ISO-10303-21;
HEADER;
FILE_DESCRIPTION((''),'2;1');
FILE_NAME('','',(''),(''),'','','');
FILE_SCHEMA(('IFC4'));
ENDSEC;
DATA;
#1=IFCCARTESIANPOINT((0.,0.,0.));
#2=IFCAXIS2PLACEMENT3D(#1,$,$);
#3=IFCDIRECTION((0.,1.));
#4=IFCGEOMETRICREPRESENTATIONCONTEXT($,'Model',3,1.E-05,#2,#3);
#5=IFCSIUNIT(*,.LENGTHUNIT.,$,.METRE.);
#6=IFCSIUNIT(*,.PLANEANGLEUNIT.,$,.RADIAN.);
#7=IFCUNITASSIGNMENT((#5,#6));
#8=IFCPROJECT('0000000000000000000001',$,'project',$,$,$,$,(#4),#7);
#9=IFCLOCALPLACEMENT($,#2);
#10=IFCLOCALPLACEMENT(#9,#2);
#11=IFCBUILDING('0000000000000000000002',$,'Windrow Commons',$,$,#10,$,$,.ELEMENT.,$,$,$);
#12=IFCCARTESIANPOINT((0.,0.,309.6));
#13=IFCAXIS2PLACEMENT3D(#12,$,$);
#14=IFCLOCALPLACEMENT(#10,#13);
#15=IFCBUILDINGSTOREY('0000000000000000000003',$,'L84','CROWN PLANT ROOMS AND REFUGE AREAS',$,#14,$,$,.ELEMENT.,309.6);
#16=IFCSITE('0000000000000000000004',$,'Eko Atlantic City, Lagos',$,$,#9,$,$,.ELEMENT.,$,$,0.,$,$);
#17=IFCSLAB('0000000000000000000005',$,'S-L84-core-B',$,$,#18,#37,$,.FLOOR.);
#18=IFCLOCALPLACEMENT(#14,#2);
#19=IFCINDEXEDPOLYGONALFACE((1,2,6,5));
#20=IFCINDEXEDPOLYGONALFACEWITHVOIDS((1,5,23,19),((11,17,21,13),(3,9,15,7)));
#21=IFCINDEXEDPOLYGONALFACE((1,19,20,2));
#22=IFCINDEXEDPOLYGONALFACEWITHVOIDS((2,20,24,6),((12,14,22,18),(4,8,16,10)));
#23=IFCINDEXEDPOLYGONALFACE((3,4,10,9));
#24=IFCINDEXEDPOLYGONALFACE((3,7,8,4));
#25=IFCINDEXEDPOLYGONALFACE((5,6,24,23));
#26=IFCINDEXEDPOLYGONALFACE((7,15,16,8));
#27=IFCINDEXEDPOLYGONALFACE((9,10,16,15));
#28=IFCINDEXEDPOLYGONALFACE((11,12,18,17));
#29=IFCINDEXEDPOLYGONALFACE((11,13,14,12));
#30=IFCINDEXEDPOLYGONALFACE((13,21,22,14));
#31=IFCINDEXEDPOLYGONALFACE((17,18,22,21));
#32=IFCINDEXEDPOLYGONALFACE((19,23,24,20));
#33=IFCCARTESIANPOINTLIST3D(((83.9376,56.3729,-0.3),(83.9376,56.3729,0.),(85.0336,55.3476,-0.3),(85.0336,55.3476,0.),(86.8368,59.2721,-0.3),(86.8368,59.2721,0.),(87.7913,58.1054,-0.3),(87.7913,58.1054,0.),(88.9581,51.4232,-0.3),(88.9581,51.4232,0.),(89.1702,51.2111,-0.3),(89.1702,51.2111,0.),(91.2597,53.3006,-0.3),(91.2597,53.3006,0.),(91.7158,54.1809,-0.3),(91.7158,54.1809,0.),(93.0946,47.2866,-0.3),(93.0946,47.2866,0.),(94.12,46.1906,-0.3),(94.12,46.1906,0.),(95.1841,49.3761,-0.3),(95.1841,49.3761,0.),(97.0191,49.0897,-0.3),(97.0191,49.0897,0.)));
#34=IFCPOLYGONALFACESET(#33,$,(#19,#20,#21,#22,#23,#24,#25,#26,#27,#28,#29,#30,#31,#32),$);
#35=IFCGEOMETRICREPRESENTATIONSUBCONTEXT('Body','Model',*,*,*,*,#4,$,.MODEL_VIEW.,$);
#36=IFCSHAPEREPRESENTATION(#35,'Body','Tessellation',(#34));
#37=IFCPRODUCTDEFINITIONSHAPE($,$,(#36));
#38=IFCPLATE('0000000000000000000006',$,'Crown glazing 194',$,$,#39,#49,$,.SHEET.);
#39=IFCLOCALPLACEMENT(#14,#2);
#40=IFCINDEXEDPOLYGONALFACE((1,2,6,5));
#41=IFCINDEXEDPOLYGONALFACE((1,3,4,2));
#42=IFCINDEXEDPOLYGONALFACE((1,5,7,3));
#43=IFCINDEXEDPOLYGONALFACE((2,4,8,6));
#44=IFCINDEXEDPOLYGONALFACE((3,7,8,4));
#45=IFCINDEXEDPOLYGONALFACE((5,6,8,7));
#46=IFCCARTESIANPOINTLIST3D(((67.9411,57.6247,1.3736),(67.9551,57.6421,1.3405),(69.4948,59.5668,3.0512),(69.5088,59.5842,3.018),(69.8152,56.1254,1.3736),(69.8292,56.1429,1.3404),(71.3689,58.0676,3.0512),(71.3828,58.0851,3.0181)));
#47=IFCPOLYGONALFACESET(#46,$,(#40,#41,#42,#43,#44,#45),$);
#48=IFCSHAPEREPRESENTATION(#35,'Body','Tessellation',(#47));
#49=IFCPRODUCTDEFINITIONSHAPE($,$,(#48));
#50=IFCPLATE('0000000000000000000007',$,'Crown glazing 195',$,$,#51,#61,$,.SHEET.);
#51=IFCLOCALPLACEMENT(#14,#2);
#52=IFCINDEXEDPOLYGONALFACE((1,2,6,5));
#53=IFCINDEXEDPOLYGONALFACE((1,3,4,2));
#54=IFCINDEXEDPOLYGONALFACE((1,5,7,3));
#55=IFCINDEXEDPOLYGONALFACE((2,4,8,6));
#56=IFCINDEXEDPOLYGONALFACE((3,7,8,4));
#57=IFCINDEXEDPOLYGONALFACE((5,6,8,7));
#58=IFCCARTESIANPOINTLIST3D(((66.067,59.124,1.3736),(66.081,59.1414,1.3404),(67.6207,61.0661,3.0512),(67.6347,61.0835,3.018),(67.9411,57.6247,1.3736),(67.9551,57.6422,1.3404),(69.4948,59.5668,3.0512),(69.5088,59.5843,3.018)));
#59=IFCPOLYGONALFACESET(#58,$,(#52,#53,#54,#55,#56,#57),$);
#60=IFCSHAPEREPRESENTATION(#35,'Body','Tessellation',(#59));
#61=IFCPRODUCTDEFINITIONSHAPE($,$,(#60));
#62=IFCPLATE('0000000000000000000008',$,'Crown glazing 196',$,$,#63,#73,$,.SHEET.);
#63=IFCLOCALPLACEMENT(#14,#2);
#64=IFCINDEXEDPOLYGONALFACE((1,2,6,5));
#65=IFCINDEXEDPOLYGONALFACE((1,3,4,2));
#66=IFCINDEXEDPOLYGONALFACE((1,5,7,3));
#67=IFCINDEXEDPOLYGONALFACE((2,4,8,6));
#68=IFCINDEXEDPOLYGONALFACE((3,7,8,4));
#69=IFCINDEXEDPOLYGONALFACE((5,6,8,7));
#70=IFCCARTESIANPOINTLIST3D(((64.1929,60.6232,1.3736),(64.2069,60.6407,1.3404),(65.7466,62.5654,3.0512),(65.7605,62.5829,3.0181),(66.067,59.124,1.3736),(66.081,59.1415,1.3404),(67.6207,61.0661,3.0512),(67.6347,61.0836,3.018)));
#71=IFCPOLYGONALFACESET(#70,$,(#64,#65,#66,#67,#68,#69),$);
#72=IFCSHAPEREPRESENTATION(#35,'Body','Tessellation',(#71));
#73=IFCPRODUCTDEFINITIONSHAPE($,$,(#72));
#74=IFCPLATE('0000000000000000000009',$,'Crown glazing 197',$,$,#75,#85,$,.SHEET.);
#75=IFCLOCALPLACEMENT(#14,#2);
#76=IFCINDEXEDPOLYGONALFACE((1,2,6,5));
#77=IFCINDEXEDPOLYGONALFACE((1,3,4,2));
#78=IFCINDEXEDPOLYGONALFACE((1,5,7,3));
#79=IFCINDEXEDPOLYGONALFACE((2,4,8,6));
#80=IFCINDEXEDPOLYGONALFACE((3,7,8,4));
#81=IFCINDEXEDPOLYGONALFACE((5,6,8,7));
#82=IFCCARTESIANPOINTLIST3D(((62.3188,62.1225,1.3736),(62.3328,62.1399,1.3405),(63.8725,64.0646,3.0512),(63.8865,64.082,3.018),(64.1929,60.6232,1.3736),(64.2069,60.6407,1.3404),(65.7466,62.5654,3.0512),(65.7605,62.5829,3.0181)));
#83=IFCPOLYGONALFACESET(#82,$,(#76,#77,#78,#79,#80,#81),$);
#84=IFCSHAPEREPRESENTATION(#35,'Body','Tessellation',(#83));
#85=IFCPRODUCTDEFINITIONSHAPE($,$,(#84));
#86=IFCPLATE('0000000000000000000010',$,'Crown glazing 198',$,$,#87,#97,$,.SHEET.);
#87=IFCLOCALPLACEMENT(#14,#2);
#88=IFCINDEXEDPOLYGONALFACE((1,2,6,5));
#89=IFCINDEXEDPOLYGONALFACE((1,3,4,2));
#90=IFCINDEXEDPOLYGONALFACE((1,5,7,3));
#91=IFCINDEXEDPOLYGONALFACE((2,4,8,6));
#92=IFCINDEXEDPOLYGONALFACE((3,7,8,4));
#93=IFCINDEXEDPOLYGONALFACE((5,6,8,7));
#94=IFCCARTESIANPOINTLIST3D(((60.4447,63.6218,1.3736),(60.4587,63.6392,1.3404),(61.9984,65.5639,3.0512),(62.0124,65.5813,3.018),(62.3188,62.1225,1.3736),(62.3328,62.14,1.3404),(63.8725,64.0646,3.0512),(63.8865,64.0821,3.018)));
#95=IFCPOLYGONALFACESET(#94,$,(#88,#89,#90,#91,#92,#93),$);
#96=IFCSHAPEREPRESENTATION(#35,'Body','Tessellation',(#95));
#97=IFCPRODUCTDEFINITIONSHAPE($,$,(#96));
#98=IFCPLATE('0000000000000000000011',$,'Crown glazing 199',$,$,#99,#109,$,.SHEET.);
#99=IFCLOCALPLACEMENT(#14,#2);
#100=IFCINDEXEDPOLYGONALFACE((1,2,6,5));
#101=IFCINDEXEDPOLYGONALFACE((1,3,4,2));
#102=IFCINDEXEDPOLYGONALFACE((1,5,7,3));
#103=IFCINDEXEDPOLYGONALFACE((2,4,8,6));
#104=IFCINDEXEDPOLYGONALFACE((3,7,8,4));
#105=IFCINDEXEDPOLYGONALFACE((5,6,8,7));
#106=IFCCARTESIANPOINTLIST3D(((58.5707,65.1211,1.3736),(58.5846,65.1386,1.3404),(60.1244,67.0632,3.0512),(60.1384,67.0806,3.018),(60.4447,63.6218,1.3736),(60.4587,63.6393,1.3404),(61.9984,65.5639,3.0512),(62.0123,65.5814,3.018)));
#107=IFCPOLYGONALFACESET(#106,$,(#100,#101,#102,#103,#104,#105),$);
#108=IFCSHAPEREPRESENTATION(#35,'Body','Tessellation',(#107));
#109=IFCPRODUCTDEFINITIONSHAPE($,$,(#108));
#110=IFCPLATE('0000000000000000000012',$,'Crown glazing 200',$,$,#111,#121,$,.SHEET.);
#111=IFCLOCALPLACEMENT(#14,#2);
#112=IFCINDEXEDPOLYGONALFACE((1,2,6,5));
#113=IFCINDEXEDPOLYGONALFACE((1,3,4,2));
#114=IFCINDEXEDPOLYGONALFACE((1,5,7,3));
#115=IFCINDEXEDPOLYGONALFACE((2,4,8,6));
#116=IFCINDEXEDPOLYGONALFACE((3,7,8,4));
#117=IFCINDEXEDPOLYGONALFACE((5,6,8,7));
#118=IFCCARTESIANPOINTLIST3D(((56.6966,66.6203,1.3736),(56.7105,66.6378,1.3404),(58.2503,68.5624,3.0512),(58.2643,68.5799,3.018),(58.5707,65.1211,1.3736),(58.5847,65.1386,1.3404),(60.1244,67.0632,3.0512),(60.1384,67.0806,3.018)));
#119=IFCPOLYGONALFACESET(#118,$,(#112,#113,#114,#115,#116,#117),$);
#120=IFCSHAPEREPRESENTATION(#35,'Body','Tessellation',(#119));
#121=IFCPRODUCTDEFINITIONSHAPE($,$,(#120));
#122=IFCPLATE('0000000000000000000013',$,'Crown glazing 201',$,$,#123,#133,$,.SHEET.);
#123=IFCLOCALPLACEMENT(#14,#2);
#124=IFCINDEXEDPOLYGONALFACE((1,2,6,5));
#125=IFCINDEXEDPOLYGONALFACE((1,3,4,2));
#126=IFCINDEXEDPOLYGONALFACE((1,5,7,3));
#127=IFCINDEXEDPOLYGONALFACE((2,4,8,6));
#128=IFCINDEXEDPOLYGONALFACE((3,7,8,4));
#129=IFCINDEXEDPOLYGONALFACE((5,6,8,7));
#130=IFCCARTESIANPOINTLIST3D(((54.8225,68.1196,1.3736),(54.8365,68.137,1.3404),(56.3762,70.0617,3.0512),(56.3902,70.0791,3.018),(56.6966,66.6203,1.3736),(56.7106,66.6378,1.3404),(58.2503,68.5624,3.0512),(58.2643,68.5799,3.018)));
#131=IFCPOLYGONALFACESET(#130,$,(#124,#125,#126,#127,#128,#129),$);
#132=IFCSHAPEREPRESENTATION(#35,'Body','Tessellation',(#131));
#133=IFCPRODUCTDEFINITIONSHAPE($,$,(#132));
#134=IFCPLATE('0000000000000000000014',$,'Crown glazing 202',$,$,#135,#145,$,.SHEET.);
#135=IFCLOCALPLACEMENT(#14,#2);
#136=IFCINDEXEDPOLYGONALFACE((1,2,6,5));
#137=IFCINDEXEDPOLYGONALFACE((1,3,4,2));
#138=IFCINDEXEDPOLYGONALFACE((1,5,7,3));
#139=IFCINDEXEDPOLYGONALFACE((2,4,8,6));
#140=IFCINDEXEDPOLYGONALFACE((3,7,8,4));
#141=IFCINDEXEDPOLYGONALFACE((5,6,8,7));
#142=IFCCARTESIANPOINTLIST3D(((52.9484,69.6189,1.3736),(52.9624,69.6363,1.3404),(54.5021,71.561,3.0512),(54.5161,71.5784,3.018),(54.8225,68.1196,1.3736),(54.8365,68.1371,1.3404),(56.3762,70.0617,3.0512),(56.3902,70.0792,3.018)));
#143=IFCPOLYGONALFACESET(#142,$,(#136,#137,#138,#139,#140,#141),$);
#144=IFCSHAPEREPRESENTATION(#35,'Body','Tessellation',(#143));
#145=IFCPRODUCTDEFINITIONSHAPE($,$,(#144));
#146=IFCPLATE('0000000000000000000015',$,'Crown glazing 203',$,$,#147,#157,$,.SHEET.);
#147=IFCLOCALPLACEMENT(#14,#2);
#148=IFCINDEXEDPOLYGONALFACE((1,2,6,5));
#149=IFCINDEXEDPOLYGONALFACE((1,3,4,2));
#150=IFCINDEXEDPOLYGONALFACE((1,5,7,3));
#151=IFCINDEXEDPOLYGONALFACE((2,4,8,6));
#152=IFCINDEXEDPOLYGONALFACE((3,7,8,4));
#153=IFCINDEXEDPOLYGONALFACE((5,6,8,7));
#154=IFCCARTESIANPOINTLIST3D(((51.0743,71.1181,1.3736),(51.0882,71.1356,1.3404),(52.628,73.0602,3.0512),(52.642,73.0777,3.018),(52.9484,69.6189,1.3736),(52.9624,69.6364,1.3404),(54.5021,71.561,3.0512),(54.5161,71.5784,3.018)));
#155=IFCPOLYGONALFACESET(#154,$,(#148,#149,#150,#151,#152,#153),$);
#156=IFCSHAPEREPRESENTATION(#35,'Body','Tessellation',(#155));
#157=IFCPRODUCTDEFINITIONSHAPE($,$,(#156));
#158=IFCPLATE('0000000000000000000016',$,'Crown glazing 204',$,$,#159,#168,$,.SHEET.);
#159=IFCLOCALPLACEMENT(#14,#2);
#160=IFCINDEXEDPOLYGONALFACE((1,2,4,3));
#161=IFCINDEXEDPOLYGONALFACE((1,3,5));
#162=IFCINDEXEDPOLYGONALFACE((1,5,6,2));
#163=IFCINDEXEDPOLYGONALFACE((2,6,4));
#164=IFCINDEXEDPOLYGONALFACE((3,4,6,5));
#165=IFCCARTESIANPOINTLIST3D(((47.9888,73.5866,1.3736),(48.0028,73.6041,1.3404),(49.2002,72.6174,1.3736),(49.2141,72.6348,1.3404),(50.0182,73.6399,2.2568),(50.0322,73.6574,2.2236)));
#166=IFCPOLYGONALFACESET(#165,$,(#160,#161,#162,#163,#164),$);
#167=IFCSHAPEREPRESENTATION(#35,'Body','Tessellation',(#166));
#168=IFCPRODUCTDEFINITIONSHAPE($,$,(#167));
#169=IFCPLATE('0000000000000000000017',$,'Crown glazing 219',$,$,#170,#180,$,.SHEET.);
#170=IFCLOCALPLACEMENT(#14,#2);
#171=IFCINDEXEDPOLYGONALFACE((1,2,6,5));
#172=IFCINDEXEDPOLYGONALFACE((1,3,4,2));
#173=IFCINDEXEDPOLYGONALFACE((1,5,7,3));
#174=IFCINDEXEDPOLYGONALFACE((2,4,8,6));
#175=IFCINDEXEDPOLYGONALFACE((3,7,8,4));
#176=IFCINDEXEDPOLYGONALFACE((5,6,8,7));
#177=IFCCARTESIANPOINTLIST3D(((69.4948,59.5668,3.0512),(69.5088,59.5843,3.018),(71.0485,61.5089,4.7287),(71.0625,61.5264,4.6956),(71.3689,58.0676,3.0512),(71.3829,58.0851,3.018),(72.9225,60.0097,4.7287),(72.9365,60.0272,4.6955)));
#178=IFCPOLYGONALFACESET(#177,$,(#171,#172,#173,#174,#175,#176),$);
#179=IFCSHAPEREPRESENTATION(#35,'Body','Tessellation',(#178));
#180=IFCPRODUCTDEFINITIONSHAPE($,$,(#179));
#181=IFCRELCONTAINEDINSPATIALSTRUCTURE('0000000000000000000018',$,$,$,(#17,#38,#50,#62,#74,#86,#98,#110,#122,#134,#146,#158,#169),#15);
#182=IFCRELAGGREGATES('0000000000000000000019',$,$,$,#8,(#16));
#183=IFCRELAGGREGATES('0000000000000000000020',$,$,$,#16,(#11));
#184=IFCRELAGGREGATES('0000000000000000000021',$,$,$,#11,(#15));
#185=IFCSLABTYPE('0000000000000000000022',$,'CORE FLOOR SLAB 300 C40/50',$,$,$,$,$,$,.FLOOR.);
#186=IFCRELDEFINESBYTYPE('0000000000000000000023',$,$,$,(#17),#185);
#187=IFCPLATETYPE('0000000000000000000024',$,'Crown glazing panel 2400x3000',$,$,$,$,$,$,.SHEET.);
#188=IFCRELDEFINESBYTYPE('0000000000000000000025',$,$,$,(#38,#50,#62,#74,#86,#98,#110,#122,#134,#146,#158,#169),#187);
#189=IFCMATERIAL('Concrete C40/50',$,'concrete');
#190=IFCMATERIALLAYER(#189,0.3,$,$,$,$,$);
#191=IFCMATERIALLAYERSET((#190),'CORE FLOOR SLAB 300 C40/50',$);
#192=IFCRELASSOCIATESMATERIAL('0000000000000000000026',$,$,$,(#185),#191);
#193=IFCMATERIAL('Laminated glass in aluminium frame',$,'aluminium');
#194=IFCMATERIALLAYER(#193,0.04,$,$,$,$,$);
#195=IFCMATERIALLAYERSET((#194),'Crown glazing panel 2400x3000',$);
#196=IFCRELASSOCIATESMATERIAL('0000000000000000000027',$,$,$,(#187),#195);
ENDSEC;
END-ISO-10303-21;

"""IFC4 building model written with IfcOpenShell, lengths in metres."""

from ifc_helpers import new_model, si_unit, direction, frame, origin, place, context, subcontext, project, spatial, polyline, outline, extrude, material, layer, layer_set, type_object, element, save


model = new_model("IFC4")

# Units and contexts
model_context = context("Model", 3, precision=1e-05, world=origin(), true_north=direction((0.0, 1.0)))
body_context = subcontext(model_context, "Body", "Model", "MODEL_VIEW")
ifc_project = project(units=[si_unit("LENGTHUNIT", "METRE"), si_unit("PLANEANGLEUNIT", "RADIAN")], contexts=[model_context])

# Site, building, storey
site_placement = place(None, origin())
site = spatial("IfcSite", under=ifc_project, at=site_placement, Name="Eko Atlantic City, Lagos", CompositionType="ELEMENT", RefElevation=0.0)
building_placement = place(site_placement, origin())
building = spatial("IfcBuilding", under=site, at=building_placement, Name="Windrow Commons", CompositionType="ELEMENT")
storey_placement = place(building_placement, frame((0.0, 0.0, 309.6)))
storey = spatial("IfcBuildingStorey", under=building, at=storey_placement, Name="L84", Description="CROWN PLANT ROOMS AND REFUGE AREAS", CompositionType="ELEMENT", Elevation=309.6)

# Slab, openings
ifc_material_1 = material(Name="Concrete C40/50", Category="concrete")
ifc_layer_1 = layer(ifc_material_1, 0.3)
ifc_layer_set_1 = layer_set([ifc_layer_1], Name="CORE FLOOR SLAB 300 C40/50")
slab_type_1 = type_object("IfcSlabType", Name="CORE FLOOR SLAB 300 C40/50", PredefinedType="FLOOR", material=ifc_layer_set_1)
placement = place(storey_placement, frame((0.0, 0.0, -0.3)))
slab_1 = element("IfcSlab", 1, at=placement, inside=storey, type_object=slab_type_1, Name="S-L84-core-B", PredefinedType="FLOOR", context=body_context, shape_type="SweptSolid", body=[
    extrude(outline(polyline([(86.8368, 59.2721), (97.0191, 49.0897), (94.12, 46.1906), (83.9376, 56.3729), (86.8368, 59.2721)]), holes=[polyline([(88.9581, 51.4232), (91.7158, 54.1809), (87.7913, 58.1054), (85.0336, 55.3476), (88.9581, 51.4232)]), polyline([(93.0946, 47.2866), (95.1841, 49.3761), (91.2597, 53.3006), (89.1702, 51.2111), (93.0946, 47.2866)])]), origin(), (0.0, 0.0, 1.0), 0.3),
])
opening_1_placement = place(placement, origin())
element("IfcOpeningElement", 2, at=opening_1_placement, cuts=slab_1, PredefinedType="OPENING", context=body_context, shape_type="SweptSolid", body=[
    extrude(outline(polyline([(88.9581, 51.4303), (85.0407, 55.3476), (87.7913, 58.0983), (91.7087, 54.1809), (88.9581, 51.4303)])), origin(), (0.0, 0.0, 1.0), 0.3),
])
opening_2_placement = place(placement, origin())
element("IfcOpeningElement", 3, at=opening_2_placement, cuts=slab_1, PredefinedType="OPENING", context=body_context, shape_type="SweptSolid", body=[
    extrude(outline(polyline([(93.0946, 47.2937), (89.1773, 51.2111), (91.2597, 53.2935), (95.177, 49.3761), (93.0946, 47.2937)])), origin(), (0.0, 0.0, 1.0), 0.3),
])

# Plates
ifc_material_2 = material(Name="Laminated glass in aluminium frame", Category="aluminium")
ifc_layer_2 = layer(ifc_material_2, 0.04)
ifc_layer_set_2 = layer_set([ifc_layer_2], Name="Crown glazing panel 2400x3000")
plate_type = type_object("IfcPlateType", Name="Crown glazing panel 2400x3000", PredefinedType="SHEET", material=ifc_layer_set_2)
plate_1_placement = place(storey_placement, frame((69.8152, 56.1254, 1.3736), z_axis=(-0.34932, -0.436659, 0.829038), x_axis=(-0.780868, 0.624696, 0.000008)))
element("IfcPlate", 4, at=plate_1_placement, inside=storey, type_object=plate_type, Name="Crown glazing 194", PredefinedType="SHEET", context=body_context, shape_type="SweptSolid", body=[
    extrude(outline(polyline([(0.0, 0.0), (2.4, 0.0), (2.4, -3.0), (0.0001, -3.0001), (0.0, 0.0)])), origin(), (0.0, 0.0, -1.0), 0.04),
])
plate_2_placement = place(storey_placement, frame((67.9411, 57.6247, 1.3736), z_axis=(-0.349331, -0.436658, 0.829034), x_axis=(-0.780865, 0.6247, 0.0)))
element("IfcPlate", 5, at=plate_2_placement, inside=storey, type_object=plate_type, Name="Crown glazing 195", PredefinedType="SHEET", context=body_context, shape_type="SweptSolid", body=[
    extrude(outline(polyline([(0.0, 0.0), (2.4, 0.0), (2.4, -3.0), (0.0, -3.0), (0.0, 0.0)])), origin(), (0.0, 0.0, -1.0), 0.04),
])
plate_3_placement = place(storey_placement, frame((66.067, 59.124, 1.3736), z_axis=(-0.34932, -0.436659, 0.829038), x_axis=(-0.780882, 0.624679, -0.000008)))
element("IfcPlate", 6, at=plate_3_placement, inside=storey, type_object=plate_type, Name="Crown glazing 196", PredefinedType="SHEET", context=body_context, shape_type="SweptSolid", body=[
    extrude(outline(polyline([(0.0, 0.0), (2.4, 0.0), (2.4, -3.0001), (-0.0001, -3.0), (0.0, 0.0)])), origin(), (0.0, 0.0, -1.0), 0.04),
])
plate_4_placement = place(storey_placement, frame((64.1929, 60.6232, 1.3736), z_axis=(-0.34932, -0.436659, 0.829038), x_axis=(-0.780868, 0.624696, 0.000008)))
element("IfcPlate", 7, at=plate_4_placement, inside=storey, type_object=plate_type, Name="Crown glazing 197", PredefinedType="SHEET", context=body_context, shape_type="SweptSolid", body=[
    extrude(outline(polyline([(0.0, 0.0), (2.4, 0.0), (2.4, -3.0), (0.0001, -3.0001), (0.0, 0.0)])), origin(), (0.0, 0.0, -1.0), 0.04),
])
plate_5_placement = place(storey_placement, frame((62.3188, 62.1225, 1.3736), z_axis=(-0.349331, -0.436658, 0.829034), x_axis=(-0.780865, 0.6247, 0.0)))
element("IfcPlate", 8, at=plate_5_placement, inside=storey, type_object=plate_type, Name="Crown glazing 198", PredefinedType="SHEET", context=body_context, shape_type="SweptSolid", body=[
    extrude(outline(polyline([(0.0, 0.0), (2.4, 0.0), (2.4, -3.0), (0.0, -3.0), (0.0, 0.0)])), origin(), (0.0, 0.0, -1.0), 0.04),
])
plate_6_placement = place(storey_placement, frame((60.4447, 63.6218, 1.3736), z_axis=(-0.349342, -0.436649, 0.829034), x_axis=(-0.780848, 0.62472, 0.0)))
element("IfcPlate", 9, at=plate_6_placement, inside=storey, type_object=plate_type, Name="Crown glazing 199", PredefinedType="SHEET", context=body_context, shape_type="SweptSolid", body=[
    extrude(outline(polyline([(0.0, 0.0), (2.4, 0.0), (2.4, -3.0), (0.0001, -3.0), (0.0, 0.0)])), origin(), (0.0, 0.0, -1.0), 0.04),
])
plate_7_placement = place(storey_placement, frame((58.5707, 65.1211, 1.3736), z_axis=(-0.349317, -0.436669, 0.829034), x_axis=(-0.780885, 0.624675, 0.0)))
element("IfcPlate", 10, at=plate_7_placement, inside=storey, type_object=plate_type, Name="Crown glazing 200", PredefinedType="SHEET", context=body_context, shape_type="SweptSolid", body=[
    extrude(outline(polyline([(0.0, 0.0), (2.4, 0.0), (2.3999, -3.0), (-0.0001, -3.0), (0.0, 0.0)])), origin(), (0.0, 0.0, -1.0), 0.04),
])
for number, where, z_axis, x_axis, name in (
    (11, (56.6966, 66.6203, 1.3736), (-0.349331, -0.436658, 0.829034), (-0.780865, 0.6247, 0.0), "Crown glazing 201"),
    (12, (54.8225, 68.1196, 1.3736), (-0.349331, -0.436658, 0.829034), (-0.780865, 0.6247, 0.0), "Crown glazing 202"),
):
    element("IfcPlate", number, at=place(storey_placement, frame(where, z_axis=z_axis, x_axis=x_axis)), inside=storey, type_object=plate_type, Name=name, PredefinedType="SHEET", context=body_context, shape_type="SweptSolid", body=[
        extrude(outline(polyline([(0.0, 0.0), (2.4, 0.0), (2.4, -3.0), (0.0, -3.0), (0.0, 0.0)])), origin(), (0.0, 0.0, -1.0), 0.04),
    ])
plate_8_placement = place(storey_placement, frame((52.9484, 69.6189, 1.3736), z_axis=(-0.349317, -0.436669, 0.829034), x_axis=(-0.780885, 0.624675, 0.0)))
element("IfcPlate", 13, at=plate_8_placement, inside=storey, type_object=plate_type, Name="Crown glazing 203", PredefinedType="SHEET", context=body_context, shape_type="SweptSolid", body=[
    extrude(outline(polyline([(0.0, 0.0), (2.4, 0.0), (2.3999, -3.0), (-0.0001, -3.0), (0.0, 0.0)])), origin(), (0.0, 0.0, -1.0), 0.04),
])
plate_9_placement = place(storey_placement, frame((50.0182, 73.6399, 2.2568), z_axis=(-0.349335, -0.436633, 0.829046), x_axis=(-0.517901, -0.647376, -0.559181)))
element("IfcPlate", 14, at=plate_9_placement, inside=storey, type_object=plate_type, Name="Crown glazing 204", PredefinedType="SHEET", context=body_context, shape_type="SweptSolid", body=[
    extrude(outline(polyline([(0.0, 0.0), (1.5795, 0.0), (1.5794, -1.5514), (0.0, 0.0)])), origin(), (0.0, 0.0, -1.0), 0.04),
])
plate_10_placement = place(storey_placement, frame((71.3689, 58.0676, 3.0512), z_axis=(-0.349311, -0.43665, 0.829047), x_axis=(-0.780883, 0.624678, -0.000006)))
element("IfcPlate", 15, at=plate_10_placement, inside=storey, type_object=plate_type, Name="Crown glazing 219", PredefinedType="SHEET", context=body_context, shape_type="SweptSolid", body=[
    extrude(outline(polyline([(0.0, 0.0), (2.4, 0.0), (2.3999, -3.0), (0.0, -2.9999), (0.0, 0.0)])), origin(), (0.0, 0.0, -1.0), 0.04),
])

save(model, "model.ifc")
